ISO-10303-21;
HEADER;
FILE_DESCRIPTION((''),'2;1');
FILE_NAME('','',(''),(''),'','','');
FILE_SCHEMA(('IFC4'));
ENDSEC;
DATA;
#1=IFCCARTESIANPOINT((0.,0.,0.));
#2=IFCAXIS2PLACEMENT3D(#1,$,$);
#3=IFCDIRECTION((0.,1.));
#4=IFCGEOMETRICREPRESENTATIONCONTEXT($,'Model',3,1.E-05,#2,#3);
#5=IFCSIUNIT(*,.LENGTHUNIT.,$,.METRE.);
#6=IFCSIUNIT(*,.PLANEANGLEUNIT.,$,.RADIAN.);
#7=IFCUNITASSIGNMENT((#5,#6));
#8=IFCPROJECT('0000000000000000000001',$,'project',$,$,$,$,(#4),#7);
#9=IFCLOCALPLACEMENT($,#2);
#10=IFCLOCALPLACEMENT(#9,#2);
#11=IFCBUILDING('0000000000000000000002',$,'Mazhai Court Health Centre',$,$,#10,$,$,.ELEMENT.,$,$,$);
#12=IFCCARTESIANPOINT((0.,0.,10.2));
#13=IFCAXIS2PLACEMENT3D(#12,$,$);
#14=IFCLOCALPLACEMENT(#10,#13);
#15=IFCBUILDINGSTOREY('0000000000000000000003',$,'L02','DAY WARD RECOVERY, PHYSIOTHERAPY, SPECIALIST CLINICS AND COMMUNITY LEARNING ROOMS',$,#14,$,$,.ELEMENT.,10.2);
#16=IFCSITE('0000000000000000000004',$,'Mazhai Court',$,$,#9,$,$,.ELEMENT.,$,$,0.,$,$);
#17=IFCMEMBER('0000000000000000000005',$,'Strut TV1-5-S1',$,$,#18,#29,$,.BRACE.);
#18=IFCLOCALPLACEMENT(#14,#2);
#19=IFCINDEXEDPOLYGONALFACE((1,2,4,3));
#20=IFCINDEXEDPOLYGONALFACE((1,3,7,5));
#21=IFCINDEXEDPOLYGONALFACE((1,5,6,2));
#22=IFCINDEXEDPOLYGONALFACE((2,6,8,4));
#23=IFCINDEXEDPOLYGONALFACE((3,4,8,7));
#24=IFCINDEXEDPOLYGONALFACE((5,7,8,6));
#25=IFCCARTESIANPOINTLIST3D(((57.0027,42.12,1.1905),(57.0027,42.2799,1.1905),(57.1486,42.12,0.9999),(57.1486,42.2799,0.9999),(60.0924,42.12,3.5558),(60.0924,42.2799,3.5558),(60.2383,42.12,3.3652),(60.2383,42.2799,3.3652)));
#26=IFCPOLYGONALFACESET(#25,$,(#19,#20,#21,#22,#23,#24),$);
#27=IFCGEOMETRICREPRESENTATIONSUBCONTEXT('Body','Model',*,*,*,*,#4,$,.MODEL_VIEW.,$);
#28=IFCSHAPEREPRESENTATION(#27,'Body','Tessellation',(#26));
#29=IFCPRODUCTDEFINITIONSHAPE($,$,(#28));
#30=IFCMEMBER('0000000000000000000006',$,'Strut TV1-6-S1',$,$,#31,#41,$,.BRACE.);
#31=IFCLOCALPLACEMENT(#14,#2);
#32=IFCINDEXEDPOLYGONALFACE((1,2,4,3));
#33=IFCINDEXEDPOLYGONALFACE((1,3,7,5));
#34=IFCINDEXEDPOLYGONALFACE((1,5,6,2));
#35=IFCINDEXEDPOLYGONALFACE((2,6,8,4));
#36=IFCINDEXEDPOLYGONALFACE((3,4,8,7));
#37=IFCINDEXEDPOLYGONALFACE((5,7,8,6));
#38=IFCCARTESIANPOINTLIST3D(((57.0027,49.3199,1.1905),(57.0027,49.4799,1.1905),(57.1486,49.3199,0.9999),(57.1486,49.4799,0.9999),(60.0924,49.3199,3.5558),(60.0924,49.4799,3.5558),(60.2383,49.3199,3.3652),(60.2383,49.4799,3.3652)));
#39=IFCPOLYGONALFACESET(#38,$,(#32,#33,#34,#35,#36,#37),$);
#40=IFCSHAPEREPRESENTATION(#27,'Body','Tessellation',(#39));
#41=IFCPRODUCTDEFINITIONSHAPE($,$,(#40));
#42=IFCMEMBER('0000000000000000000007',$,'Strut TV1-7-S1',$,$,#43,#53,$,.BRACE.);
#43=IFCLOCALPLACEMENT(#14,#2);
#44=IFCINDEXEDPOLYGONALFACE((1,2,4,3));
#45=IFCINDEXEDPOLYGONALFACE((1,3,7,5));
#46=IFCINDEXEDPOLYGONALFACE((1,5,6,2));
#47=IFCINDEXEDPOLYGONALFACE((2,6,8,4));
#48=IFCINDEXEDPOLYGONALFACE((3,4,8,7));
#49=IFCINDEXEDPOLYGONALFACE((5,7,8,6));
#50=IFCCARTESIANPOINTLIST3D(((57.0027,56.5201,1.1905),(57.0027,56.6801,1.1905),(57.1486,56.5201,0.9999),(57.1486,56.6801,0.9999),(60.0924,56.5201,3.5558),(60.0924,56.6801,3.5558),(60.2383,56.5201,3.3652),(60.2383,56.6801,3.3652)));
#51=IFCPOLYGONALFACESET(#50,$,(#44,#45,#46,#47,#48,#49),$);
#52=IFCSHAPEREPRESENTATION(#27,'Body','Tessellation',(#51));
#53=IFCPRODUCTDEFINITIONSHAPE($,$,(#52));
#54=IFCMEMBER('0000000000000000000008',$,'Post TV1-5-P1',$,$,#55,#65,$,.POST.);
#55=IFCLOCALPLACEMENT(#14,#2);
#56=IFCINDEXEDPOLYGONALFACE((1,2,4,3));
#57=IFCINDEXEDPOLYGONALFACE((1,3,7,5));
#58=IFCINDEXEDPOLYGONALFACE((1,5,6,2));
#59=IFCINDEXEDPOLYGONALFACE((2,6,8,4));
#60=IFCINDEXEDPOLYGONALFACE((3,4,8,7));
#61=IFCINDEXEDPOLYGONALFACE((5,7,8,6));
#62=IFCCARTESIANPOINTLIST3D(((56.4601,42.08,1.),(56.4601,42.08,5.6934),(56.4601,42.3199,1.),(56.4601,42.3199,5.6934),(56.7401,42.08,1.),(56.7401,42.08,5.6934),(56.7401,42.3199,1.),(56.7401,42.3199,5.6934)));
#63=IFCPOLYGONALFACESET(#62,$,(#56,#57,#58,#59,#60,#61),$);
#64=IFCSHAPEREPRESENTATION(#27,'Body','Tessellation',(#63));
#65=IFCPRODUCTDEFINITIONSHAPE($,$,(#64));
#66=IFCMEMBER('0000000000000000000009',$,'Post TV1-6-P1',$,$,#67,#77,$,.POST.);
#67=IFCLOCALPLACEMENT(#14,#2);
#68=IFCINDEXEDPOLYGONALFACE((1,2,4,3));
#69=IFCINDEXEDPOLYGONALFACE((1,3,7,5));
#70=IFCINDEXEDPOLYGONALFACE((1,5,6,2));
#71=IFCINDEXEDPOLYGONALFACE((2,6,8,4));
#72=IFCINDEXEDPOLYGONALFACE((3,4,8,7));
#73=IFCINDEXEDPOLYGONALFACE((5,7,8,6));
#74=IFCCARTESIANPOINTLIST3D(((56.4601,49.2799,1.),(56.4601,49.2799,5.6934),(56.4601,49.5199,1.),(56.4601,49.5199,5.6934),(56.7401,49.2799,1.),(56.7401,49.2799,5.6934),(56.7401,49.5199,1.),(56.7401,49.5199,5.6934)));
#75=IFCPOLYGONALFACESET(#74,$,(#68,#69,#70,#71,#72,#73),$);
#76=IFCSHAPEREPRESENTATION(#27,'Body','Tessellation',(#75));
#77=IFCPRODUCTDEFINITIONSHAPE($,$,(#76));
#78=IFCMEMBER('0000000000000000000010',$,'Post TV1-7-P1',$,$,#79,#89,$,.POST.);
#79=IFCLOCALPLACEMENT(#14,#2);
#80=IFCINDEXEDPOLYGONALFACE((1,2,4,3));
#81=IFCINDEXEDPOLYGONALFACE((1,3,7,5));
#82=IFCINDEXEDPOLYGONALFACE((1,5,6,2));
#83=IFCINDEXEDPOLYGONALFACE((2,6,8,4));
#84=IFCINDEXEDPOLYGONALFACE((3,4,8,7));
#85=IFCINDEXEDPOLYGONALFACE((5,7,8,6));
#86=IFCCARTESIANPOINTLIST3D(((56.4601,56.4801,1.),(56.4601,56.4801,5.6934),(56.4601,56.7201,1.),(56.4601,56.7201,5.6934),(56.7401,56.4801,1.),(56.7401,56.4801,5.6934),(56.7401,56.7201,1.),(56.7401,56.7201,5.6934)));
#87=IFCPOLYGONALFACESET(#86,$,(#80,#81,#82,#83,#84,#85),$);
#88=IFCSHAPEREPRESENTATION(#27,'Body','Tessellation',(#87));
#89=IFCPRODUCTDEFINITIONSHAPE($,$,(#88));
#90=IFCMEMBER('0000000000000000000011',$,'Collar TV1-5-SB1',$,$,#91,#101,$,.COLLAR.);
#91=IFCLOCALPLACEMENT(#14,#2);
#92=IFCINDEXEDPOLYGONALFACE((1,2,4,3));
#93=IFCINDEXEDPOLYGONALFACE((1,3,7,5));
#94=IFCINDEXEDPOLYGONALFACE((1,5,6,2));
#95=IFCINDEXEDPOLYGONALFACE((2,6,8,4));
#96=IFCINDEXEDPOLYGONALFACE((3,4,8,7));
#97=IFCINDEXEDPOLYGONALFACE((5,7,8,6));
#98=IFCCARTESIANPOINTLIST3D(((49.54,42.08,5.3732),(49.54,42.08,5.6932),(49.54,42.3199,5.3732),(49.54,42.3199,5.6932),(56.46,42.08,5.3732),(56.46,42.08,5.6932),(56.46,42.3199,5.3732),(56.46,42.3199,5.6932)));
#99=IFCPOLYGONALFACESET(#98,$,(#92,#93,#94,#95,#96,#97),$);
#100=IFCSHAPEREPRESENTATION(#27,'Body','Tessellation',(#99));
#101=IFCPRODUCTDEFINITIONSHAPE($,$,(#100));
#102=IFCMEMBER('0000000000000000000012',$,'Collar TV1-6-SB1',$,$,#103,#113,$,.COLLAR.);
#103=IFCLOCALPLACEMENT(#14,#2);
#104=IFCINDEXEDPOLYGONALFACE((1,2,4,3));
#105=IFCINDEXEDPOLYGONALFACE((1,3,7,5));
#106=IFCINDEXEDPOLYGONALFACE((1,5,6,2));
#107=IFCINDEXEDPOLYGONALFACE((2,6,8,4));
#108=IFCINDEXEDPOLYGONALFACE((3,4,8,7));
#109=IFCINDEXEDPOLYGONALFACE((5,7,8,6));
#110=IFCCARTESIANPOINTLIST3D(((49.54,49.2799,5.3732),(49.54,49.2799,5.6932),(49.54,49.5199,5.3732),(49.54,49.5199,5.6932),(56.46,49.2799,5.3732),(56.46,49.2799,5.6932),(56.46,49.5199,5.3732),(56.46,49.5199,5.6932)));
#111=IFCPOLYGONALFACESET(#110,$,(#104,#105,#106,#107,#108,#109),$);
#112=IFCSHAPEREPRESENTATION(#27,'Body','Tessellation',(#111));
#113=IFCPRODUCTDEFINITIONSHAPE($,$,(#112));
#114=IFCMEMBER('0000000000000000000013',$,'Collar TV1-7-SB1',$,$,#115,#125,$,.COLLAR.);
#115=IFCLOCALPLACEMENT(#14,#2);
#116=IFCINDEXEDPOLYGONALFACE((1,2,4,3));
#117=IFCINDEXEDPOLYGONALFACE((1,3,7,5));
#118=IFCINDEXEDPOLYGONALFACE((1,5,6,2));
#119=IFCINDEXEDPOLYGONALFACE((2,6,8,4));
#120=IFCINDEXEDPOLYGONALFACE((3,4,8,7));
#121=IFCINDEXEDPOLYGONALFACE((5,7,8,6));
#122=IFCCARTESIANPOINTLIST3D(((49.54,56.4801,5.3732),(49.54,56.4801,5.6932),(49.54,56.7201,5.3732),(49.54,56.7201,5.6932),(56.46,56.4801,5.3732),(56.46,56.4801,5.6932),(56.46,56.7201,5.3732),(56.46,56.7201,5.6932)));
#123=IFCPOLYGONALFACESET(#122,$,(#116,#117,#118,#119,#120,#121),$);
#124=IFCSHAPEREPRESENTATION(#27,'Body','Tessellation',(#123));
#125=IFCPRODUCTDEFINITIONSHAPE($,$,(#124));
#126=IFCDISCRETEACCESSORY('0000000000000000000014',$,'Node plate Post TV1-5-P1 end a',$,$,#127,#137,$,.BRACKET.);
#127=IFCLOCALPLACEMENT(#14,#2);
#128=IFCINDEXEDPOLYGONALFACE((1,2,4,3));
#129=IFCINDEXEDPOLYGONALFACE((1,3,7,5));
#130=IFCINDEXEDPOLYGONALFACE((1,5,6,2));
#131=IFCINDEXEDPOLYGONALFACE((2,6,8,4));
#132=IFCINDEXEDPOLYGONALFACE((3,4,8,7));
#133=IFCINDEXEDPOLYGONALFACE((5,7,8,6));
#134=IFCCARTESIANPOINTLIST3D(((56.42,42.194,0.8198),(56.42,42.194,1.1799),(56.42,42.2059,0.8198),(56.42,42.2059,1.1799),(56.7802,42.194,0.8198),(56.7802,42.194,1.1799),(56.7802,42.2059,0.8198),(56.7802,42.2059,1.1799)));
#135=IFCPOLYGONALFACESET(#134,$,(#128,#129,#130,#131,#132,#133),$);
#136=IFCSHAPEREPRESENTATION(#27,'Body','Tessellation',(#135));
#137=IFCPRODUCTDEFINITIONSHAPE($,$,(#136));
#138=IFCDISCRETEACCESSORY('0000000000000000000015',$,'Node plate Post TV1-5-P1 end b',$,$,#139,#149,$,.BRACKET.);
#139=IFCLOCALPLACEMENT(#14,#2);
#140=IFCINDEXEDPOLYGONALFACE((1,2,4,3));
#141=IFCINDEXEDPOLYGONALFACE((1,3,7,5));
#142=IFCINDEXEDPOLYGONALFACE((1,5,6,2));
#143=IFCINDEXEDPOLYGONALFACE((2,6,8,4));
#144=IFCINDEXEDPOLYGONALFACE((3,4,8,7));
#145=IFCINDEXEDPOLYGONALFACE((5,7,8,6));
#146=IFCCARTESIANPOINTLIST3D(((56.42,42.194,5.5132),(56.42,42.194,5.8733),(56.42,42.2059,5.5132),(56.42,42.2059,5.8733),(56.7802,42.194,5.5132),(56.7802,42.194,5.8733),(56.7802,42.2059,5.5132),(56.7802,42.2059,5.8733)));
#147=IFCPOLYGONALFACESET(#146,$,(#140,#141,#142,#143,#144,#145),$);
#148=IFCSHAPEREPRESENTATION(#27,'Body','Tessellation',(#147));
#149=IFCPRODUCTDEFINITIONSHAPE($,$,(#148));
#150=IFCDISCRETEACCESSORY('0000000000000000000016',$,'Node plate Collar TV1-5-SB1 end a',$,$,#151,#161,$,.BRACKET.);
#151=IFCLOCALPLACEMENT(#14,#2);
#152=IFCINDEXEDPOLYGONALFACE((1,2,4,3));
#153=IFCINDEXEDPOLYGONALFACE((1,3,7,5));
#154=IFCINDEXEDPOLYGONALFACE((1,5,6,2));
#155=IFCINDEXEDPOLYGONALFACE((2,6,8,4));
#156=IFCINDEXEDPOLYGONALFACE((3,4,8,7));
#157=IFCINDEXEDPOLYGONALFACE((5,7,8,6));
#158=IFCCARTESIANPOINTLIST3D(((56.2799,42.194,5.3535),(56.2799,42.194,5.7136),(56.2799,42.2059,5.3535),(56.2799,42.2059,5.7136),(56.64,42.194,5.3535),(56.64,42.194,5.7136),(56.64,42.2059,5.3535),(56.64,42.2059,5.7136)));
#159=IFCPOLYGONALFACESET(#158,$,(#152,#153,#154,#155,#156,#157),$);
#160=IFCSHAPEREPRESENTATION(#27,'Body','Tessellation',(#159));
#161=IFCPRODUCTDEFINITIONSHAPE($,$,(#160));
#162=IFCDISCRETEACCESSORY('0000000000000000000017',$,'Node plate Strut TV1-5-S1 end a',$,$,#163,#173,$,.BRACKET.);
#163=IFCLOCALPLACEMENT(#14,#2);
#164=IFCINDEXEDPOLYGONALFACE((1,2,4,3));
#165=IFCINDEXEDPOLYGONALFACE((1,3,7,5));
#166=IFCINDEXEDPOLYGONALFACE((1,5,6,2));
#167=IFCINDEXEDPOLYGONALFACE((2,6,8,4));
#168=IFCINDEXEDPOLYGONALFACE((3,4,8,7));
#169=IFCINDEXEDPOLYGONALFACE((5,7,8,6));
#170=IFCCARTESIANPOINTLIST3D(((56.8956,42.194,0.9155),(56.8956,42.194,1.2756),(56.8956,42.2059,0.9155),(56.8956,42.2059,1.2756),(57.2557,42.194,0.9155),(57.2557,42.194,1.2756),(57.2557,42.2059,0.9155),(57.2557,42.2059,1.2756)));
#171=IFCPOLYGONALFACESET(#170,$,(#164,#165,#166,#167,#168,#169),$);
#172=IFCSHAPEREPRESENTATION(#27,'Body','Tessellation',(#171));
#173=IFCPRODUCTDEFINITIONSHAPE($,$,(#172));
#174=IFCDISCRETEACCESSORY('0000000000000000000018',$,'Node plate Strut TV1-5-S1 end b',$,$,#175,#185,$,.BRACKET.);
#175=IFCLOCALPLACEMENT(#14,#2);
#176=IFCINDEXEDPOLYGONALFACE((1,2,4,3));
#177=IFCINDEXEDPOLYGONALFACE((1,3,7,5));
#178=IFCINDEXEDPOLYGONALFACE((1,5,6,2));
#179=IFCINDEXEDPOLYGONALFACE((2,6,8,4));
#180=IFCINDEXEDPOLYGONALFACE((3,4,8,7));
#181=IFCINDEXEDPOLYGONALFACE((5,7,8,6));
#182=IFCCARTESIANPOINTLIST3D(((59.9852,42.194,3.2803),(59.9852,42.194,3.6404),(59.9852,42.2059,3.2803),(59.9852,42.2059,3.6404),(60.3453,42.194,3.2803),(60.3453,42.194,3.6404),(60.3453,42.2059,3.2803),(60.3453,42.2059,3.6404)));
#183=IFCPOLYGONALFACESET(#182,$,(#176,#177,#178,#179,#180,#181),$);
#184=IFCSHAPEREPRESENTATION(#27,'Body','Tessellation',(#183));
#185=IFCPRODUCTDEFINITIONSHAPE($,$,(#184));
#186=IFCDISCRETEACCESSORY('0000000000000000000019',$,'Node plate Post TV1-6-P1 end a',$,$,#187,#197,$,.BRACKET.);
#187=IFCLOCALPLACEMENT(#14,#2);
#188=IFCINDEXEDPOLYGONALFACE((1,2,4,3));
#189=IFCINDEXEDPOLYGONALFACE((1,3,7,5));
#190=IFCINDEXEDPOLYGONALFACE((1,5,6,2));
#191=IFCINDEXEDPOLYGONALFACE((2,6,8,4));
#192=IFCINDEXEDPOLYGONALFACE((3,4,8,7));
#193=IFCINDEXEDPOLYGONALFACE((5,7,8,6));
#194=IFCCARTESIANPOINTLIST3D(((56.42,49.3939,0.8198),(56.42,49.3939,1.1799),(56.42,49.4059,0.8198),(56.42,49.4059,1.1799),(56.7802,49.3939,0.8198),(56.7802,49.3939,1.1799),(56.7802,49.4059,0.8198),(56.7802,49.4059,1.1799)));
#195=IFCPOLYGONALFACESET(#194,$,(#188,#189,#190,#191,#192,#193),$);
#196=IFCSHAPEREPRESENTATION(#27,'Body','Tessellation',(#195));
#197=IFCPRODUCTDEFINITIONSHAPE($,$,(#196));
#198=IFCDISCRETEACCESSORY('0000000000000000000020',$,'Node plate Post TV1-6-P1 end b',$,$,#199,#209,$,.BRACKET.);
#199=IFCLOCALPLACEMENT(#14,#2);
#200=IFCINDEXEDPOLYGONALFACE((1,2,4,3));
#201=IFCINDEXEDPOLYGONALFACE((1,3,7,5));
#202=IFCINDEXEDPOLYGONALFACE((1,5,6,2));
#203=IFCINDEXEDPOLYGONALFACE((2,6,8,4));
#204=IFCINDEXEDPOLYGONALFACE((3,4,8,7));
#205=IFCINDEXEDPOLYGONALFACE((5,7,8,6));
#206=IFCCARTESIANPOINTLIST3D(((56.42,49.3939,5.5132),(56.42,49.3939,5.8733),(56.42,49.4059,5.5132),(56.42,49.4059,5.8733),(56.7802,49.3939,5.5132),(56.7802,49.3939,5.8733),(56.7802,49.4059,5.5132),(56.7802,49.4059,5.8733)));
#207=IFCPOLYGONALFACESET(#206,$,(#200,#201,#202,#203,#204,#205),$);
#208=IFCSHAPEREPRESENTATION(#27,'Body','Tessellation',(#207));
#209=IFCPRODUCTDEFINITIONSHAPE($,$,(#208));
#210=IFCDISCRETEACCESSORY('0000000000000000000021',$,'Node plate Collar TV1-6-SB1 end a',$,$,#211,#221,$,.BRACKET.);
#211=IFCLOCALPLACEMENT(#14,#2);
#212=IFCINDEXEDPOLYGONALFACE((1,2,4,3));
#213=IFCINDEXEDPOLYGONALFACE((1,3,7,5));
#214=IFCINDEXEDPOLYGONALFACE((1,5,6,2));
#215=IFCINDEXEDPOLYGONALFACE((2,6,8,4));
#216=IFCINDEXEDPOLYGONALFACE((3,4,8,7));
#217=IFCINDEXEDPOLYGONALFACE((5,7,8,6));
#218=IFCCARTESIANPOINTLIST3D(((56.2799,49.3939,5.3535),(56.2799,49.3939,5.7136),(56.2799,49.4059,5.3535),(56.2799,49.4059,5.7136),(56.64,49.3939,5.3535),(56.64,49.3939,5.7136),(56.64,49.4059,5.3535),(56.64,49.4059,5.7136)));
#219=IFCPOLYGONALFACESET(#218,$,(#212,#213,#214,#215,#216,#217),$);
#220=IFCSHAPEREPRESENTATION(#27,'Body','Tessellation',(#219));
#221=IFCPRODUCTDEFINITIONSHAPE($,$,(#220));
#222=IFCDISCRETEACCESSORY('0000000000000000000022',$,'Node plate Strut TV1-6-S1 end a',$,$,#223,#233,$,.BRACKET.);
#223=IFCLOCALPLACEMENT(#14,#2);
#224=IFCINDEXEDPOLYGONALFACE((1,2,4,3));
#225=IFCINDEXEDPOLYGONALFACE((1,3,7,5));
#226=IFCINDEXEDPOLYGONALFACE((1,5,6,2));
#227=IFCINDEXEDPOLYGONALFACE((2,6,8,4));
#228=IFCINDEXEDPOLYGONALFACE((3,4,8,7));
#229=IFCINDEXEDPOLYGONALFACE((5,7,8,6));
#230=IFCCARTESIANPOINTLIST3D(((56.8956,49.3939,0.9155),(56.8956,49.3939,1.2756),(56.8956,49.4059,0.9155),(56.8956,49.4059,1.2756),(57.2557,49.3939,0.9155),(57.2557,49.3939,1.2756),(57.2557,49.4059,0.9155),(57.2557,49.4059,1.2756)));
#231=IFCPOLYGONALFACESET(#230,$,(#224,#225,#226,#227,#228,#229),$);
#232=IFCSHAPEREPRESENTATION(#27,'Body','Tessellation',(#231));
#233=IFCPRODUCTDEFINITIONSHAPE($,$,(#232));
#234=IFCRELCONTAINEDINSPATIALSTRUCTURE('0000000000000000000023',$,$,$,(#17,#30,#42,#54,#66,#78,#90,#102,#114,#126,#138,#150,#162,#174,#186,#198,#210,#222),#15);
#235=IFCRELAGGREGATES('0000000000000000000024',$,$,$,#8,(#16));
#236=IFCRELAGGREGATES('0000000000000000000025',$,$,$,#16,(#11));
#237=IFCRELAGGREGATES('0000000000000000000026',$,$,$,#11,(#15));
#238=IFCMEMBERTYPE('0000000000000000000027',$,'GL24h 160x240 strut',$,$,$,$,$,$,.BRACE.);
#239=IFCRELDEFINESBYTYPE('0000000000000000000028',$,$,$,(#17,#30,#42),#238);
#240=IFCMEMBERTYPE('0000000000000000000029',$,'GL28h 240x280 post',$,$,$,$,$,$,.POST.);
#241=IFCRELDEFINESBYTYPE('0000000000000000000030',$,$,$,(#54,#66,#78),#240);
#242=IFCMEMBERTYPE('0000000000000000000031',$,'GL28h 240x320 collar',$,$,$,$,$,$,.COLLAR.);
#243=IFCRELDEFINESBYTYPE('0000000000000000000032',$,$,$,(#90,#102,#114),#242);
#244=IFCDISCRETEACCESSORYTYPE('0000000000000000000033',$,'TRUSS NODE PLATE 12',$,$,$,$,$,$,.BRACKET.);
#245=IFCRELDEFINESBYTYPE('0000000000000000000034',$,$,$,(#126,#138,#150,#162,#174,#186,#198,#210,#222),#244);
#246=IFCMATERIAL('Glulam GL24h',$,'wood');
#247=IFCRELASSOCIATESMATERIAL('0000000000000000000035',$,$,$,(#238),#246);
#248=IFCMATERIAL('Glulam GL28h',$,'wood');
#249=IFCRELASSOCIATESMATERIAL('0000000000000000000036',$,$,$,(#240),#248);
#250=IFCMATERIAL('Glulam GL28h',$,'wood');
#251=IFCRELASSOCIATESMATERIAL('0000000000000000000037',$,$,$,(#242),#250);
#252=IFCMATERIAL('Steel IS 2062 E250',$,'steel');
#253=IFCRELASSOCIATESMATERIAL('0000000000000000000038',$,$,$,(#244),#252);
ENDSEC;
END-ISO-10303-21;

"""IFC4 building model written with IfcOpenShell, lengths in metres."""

from ifc_helpers import new_model, si_unit, direction, frame, origin, origin_2d, place, context, subcontext, project, spatial, rectangle, extrude, material, material_profile, profile_set, type_object, element, save


model = new_model("IFC4")

# Units and contexts
model_context = context("Model", 3, precision=1e-05, world=origin(), true_north=direction((0.0, 1.0)))
body_context = subcontext(model_context, "Body", "Model", "MODEL_VIEW")
ifc_project = project(units=[si_unit("LENGTHUNIT", "METRE"), si_unit("PLANEANGLEUNIT", "RADIAN")], contexts=[model_context])

# Site, building, storey
site_placement = place(None, origin())
site = spatial("IfcSite", under=ifc_project, at=site_placement, Name="Mazhai Court", CompositionType="ELEMENT", RefElevation=0.0)
building_placement = place(site_placement, origin())
building = spatial("IfcBuilding", under=site, at=building_placement, Name="Mazhai Court Health Centre", CompositionType="ELEMENT")
storey_placement = place(building_placement, frame((0.0, 0.0, 10.2)))
storey = spatial("IfcBuildingStorey", under=building, at=storey_placement, Name="L02", Description="DAY WARD RECOVERY, PHYSIOTHERAPY, SPECIALIST CLINICS AND COMMUNITY LEARNING ROOMS", CompositionType="ELEMENT", Elevation=10.2)

# Members
ifc_material_1 = material(Name="Glulam GL24h", Category="wood")
ifc_material_profile_1 = material_profile(ifc_material_1, rectangle(XDim=0.1599, YDim=0.24, at=origin_2d()), Name="GL24h 160x240")
ifc_profile_set_1 = profile_set([ifc_material_profile_1], Name="Glulam GL24h")
member_type_1 = type_object("IfcMemberType", Name="GL24h 160x240 strut", PredefinedType="BRACE", material=ifc_profile_set_1)
for number, where, z_axis, x_axis, name in (
    (1, (57.0757, 42.2, 1.0952), (0.794035, 0.0, 0.607872), (0.0, 1.0, 0.0), "Strut TV1-5-S1"),
    (2, (57.0757, 49.3999, 1.0952), (0.794035, 0.0, 0.607872), (0.0, 1.0, 0.0), "Strut TV1-6-S1"),
    (3, (57.0757, 56.6001, 1.0952), (0.794035, 0.0, 0.607872), (0.0, 1.0, 0.0), "Strut TV1-7-S1"),
):
    element("IfcMember", number, at=place(storey_placement, frame(where, z_axis=z_axis, x_axis=x_axis)), inside=storey, type_object=member_type_1, Name=name, PredefinedType="BRACE", context=body_context, shape_type="SweptSolid", body=[
        extrude(rectangle(XDim=0.1599, YDim=0.24, at=origin_2d()), origin(), (0.0, 0.0, 1.0), 3.8911),
    ])
ifc_material_2 = material(Name="Glulam GL28h", Category="wood")
ifc_material_profile_2 = material_profile(ifc_material_2, rectangle(XDim=0.24, YDim=0.28, at=origin_2d()), Name="GL28h 240x280")
ifc_profile_set_2 = profile_set([ifc_material_profile_2], Name="Glulam GL28h")
member_type_2 = type_object("IfcMemberType", Name="GL28h 240x280 post", PredefinedType="POST", material=ifc_profile_set_2)
for number, where, z_axis, x_axis, name in (
    (4, (56.6001, 42.2, 1.0), (0.0, 0.0, 1.0), (0.0, 1.0, 0.0), "Post TV1-5-P1"),
    (5, (56.6001, 49.3999, 1.0), (0.0, 0.0, 1.0), (0.0, 1.0, 0.0), "Post TV1-6-P1"),
    (6, (56.6001, 56.6001, 1.0), (0.0, 0.0, 1.0), (0.0, 1.0, 0.0), "Post TV1-7-P1"),
):
    element("IfcMember", number, at=place(storey_placement, frame(where, z_axis=z_axis, x_axis=x_axis)), inside=storey, type_object=member_type_2, Name=name, PredefinedType="POST", context=body_context, shape_type="SweptSolid", body=[
        extrude(rectangle(XDim=0.24, YDim=0.28, at=origin_2d()), origin(), (0.0, 0.0, 1.0), 4.6934),
    ])
ifc_material_3 = material(Name="Glulam GL28h", Category="wood")
ifc_material_profile_3 = material_profile(ifc_material_3, rectangle(XDim=0.24, YDim=0.3201, at=origin_2d()), Name="GL28h 240x320")
ifc_profile_set_3 = profile_set([ifc_material_profile_3], Name="Glulam GL28h")
member_type_3 = type_object("IfcMemberType", Name="GL28h 240x320 collar", PredefinedType="COLLAR", material=ifc_profile_set_3)
for number, where, z_axis, x_axis, name in (
    (7, (56.46, 42.2, 5.5332), (-1.0, 0.0, 0.0), (0.0, -1.0, 0.0), "Collar TV1-5-SB1"),
    (8, (56.46, 49.3999, 5.5332), (-1.0, 0.0, 0.0), (0.0, -1.0, 0.0), "Collar TV1-6-SB1"),
    (9, (56.46, 56.6001, 5.5332), (-1.0, 0.0, 0.0), (0.0, -1.0, 0.0), "Collar TV1-7-SB1"),
):
    element("IfcMember", number, at=place(storey_placement, frame(where, z_axis=z_axis, x_axis=x_axis)), inside=storey, type_object=member_type_3, Name=name, PredefinedType="COLLAR", context=body_context, shape_type="SweptSolid", body=[
        extrude(rectangle(XDim=0.24, YDim=0.3201, at=origin_2d()), origin(), (0.0, 0.0, 1.0), 6.9199),
    ])

# Discrete accessories
ifc_material_4 = material(Name="Steel IS 2062 E250", Category="steel")
discrete_accessory_type = type_object("IfcDiscreteAccessoryType", Name="TRUSS NODE PLATE 12", PredefinedType="BRACKET", material=ifc_material_4)
for number, where, z_axis, x_axis, name in (
    (10, (56.6001, 42.2, 0.8198), (0.0, 0.0, 1.0), (1.0, 0.0, 0.0), "Node plate Post TV1-5-P1 end a"),
    (11, (56.6001, 42.2, 5.5132), (0.0, 0.0, 1.0), (1.0, 0.0, 0.0), "Node plate Post TV1-5-P1 end b"),
    (12, (56.46, 42.2, 5.3535), (0.0, 0.0, 1.0), (1.0, 0.0, 0.0), "Node plate Collar TV1-5-SB1 end a"),
    (13, (57.0757, 42.2, 0.9155), (0.0, 0.0, 1.0), (1.0, 0.0, 0.0), "Node plate Strut TV1-5-S1 end a"),
    (14, (60.1653, 42.2, 3.2803), (0.0, 0.0, 1.0), (1.0, 0.0, 0.0), "Node plate Strut TV1-5-S1 end b"),
    (15, (56.6001, 49.3999, 0.8198), (0.0, 0.0, 1.0), (1.0, 0.0, 0.0), "Node plate Post TV1-6-P1 end a"),
    (16, (56.6001, 49.3999, 5.5132), (0.0, 0.0, 1.0), (1.0, 0.0, 0.0), "Node plate Post TV1-6-P1 end b"),
    (17, (56.46, 49.3999, 5.3535), (0.0, 0.0, 1.0), (1.0, 0.0, 0.0), "Node plate Collar TV1-6-SB1 end a"),
    (18, (57.0757, 49.3999, 0.9155), (0.0, 0.0, 1.0), (1.0, 0.0, 0.0), "Node plate Strut TV1-6-S1 end a"),
):
    element("IfcDiscreteAccessory", number, at=place(storey_placement, frame(where, z_axis=z_axis, x_axis=x_axis)), inside=storey, type_object=discrete_accessory_type, Name=name, PredefinedType="BRACKET", context=body_context, shape_type="SweptSolid", body=[
        extrude(rectangle(XDim=0.3601, YDim=0.012, at=origin_2d()), origin(), (0.0, 0.0, 1.0), 0.3601),
    ])

save(model, "model.ifc")
